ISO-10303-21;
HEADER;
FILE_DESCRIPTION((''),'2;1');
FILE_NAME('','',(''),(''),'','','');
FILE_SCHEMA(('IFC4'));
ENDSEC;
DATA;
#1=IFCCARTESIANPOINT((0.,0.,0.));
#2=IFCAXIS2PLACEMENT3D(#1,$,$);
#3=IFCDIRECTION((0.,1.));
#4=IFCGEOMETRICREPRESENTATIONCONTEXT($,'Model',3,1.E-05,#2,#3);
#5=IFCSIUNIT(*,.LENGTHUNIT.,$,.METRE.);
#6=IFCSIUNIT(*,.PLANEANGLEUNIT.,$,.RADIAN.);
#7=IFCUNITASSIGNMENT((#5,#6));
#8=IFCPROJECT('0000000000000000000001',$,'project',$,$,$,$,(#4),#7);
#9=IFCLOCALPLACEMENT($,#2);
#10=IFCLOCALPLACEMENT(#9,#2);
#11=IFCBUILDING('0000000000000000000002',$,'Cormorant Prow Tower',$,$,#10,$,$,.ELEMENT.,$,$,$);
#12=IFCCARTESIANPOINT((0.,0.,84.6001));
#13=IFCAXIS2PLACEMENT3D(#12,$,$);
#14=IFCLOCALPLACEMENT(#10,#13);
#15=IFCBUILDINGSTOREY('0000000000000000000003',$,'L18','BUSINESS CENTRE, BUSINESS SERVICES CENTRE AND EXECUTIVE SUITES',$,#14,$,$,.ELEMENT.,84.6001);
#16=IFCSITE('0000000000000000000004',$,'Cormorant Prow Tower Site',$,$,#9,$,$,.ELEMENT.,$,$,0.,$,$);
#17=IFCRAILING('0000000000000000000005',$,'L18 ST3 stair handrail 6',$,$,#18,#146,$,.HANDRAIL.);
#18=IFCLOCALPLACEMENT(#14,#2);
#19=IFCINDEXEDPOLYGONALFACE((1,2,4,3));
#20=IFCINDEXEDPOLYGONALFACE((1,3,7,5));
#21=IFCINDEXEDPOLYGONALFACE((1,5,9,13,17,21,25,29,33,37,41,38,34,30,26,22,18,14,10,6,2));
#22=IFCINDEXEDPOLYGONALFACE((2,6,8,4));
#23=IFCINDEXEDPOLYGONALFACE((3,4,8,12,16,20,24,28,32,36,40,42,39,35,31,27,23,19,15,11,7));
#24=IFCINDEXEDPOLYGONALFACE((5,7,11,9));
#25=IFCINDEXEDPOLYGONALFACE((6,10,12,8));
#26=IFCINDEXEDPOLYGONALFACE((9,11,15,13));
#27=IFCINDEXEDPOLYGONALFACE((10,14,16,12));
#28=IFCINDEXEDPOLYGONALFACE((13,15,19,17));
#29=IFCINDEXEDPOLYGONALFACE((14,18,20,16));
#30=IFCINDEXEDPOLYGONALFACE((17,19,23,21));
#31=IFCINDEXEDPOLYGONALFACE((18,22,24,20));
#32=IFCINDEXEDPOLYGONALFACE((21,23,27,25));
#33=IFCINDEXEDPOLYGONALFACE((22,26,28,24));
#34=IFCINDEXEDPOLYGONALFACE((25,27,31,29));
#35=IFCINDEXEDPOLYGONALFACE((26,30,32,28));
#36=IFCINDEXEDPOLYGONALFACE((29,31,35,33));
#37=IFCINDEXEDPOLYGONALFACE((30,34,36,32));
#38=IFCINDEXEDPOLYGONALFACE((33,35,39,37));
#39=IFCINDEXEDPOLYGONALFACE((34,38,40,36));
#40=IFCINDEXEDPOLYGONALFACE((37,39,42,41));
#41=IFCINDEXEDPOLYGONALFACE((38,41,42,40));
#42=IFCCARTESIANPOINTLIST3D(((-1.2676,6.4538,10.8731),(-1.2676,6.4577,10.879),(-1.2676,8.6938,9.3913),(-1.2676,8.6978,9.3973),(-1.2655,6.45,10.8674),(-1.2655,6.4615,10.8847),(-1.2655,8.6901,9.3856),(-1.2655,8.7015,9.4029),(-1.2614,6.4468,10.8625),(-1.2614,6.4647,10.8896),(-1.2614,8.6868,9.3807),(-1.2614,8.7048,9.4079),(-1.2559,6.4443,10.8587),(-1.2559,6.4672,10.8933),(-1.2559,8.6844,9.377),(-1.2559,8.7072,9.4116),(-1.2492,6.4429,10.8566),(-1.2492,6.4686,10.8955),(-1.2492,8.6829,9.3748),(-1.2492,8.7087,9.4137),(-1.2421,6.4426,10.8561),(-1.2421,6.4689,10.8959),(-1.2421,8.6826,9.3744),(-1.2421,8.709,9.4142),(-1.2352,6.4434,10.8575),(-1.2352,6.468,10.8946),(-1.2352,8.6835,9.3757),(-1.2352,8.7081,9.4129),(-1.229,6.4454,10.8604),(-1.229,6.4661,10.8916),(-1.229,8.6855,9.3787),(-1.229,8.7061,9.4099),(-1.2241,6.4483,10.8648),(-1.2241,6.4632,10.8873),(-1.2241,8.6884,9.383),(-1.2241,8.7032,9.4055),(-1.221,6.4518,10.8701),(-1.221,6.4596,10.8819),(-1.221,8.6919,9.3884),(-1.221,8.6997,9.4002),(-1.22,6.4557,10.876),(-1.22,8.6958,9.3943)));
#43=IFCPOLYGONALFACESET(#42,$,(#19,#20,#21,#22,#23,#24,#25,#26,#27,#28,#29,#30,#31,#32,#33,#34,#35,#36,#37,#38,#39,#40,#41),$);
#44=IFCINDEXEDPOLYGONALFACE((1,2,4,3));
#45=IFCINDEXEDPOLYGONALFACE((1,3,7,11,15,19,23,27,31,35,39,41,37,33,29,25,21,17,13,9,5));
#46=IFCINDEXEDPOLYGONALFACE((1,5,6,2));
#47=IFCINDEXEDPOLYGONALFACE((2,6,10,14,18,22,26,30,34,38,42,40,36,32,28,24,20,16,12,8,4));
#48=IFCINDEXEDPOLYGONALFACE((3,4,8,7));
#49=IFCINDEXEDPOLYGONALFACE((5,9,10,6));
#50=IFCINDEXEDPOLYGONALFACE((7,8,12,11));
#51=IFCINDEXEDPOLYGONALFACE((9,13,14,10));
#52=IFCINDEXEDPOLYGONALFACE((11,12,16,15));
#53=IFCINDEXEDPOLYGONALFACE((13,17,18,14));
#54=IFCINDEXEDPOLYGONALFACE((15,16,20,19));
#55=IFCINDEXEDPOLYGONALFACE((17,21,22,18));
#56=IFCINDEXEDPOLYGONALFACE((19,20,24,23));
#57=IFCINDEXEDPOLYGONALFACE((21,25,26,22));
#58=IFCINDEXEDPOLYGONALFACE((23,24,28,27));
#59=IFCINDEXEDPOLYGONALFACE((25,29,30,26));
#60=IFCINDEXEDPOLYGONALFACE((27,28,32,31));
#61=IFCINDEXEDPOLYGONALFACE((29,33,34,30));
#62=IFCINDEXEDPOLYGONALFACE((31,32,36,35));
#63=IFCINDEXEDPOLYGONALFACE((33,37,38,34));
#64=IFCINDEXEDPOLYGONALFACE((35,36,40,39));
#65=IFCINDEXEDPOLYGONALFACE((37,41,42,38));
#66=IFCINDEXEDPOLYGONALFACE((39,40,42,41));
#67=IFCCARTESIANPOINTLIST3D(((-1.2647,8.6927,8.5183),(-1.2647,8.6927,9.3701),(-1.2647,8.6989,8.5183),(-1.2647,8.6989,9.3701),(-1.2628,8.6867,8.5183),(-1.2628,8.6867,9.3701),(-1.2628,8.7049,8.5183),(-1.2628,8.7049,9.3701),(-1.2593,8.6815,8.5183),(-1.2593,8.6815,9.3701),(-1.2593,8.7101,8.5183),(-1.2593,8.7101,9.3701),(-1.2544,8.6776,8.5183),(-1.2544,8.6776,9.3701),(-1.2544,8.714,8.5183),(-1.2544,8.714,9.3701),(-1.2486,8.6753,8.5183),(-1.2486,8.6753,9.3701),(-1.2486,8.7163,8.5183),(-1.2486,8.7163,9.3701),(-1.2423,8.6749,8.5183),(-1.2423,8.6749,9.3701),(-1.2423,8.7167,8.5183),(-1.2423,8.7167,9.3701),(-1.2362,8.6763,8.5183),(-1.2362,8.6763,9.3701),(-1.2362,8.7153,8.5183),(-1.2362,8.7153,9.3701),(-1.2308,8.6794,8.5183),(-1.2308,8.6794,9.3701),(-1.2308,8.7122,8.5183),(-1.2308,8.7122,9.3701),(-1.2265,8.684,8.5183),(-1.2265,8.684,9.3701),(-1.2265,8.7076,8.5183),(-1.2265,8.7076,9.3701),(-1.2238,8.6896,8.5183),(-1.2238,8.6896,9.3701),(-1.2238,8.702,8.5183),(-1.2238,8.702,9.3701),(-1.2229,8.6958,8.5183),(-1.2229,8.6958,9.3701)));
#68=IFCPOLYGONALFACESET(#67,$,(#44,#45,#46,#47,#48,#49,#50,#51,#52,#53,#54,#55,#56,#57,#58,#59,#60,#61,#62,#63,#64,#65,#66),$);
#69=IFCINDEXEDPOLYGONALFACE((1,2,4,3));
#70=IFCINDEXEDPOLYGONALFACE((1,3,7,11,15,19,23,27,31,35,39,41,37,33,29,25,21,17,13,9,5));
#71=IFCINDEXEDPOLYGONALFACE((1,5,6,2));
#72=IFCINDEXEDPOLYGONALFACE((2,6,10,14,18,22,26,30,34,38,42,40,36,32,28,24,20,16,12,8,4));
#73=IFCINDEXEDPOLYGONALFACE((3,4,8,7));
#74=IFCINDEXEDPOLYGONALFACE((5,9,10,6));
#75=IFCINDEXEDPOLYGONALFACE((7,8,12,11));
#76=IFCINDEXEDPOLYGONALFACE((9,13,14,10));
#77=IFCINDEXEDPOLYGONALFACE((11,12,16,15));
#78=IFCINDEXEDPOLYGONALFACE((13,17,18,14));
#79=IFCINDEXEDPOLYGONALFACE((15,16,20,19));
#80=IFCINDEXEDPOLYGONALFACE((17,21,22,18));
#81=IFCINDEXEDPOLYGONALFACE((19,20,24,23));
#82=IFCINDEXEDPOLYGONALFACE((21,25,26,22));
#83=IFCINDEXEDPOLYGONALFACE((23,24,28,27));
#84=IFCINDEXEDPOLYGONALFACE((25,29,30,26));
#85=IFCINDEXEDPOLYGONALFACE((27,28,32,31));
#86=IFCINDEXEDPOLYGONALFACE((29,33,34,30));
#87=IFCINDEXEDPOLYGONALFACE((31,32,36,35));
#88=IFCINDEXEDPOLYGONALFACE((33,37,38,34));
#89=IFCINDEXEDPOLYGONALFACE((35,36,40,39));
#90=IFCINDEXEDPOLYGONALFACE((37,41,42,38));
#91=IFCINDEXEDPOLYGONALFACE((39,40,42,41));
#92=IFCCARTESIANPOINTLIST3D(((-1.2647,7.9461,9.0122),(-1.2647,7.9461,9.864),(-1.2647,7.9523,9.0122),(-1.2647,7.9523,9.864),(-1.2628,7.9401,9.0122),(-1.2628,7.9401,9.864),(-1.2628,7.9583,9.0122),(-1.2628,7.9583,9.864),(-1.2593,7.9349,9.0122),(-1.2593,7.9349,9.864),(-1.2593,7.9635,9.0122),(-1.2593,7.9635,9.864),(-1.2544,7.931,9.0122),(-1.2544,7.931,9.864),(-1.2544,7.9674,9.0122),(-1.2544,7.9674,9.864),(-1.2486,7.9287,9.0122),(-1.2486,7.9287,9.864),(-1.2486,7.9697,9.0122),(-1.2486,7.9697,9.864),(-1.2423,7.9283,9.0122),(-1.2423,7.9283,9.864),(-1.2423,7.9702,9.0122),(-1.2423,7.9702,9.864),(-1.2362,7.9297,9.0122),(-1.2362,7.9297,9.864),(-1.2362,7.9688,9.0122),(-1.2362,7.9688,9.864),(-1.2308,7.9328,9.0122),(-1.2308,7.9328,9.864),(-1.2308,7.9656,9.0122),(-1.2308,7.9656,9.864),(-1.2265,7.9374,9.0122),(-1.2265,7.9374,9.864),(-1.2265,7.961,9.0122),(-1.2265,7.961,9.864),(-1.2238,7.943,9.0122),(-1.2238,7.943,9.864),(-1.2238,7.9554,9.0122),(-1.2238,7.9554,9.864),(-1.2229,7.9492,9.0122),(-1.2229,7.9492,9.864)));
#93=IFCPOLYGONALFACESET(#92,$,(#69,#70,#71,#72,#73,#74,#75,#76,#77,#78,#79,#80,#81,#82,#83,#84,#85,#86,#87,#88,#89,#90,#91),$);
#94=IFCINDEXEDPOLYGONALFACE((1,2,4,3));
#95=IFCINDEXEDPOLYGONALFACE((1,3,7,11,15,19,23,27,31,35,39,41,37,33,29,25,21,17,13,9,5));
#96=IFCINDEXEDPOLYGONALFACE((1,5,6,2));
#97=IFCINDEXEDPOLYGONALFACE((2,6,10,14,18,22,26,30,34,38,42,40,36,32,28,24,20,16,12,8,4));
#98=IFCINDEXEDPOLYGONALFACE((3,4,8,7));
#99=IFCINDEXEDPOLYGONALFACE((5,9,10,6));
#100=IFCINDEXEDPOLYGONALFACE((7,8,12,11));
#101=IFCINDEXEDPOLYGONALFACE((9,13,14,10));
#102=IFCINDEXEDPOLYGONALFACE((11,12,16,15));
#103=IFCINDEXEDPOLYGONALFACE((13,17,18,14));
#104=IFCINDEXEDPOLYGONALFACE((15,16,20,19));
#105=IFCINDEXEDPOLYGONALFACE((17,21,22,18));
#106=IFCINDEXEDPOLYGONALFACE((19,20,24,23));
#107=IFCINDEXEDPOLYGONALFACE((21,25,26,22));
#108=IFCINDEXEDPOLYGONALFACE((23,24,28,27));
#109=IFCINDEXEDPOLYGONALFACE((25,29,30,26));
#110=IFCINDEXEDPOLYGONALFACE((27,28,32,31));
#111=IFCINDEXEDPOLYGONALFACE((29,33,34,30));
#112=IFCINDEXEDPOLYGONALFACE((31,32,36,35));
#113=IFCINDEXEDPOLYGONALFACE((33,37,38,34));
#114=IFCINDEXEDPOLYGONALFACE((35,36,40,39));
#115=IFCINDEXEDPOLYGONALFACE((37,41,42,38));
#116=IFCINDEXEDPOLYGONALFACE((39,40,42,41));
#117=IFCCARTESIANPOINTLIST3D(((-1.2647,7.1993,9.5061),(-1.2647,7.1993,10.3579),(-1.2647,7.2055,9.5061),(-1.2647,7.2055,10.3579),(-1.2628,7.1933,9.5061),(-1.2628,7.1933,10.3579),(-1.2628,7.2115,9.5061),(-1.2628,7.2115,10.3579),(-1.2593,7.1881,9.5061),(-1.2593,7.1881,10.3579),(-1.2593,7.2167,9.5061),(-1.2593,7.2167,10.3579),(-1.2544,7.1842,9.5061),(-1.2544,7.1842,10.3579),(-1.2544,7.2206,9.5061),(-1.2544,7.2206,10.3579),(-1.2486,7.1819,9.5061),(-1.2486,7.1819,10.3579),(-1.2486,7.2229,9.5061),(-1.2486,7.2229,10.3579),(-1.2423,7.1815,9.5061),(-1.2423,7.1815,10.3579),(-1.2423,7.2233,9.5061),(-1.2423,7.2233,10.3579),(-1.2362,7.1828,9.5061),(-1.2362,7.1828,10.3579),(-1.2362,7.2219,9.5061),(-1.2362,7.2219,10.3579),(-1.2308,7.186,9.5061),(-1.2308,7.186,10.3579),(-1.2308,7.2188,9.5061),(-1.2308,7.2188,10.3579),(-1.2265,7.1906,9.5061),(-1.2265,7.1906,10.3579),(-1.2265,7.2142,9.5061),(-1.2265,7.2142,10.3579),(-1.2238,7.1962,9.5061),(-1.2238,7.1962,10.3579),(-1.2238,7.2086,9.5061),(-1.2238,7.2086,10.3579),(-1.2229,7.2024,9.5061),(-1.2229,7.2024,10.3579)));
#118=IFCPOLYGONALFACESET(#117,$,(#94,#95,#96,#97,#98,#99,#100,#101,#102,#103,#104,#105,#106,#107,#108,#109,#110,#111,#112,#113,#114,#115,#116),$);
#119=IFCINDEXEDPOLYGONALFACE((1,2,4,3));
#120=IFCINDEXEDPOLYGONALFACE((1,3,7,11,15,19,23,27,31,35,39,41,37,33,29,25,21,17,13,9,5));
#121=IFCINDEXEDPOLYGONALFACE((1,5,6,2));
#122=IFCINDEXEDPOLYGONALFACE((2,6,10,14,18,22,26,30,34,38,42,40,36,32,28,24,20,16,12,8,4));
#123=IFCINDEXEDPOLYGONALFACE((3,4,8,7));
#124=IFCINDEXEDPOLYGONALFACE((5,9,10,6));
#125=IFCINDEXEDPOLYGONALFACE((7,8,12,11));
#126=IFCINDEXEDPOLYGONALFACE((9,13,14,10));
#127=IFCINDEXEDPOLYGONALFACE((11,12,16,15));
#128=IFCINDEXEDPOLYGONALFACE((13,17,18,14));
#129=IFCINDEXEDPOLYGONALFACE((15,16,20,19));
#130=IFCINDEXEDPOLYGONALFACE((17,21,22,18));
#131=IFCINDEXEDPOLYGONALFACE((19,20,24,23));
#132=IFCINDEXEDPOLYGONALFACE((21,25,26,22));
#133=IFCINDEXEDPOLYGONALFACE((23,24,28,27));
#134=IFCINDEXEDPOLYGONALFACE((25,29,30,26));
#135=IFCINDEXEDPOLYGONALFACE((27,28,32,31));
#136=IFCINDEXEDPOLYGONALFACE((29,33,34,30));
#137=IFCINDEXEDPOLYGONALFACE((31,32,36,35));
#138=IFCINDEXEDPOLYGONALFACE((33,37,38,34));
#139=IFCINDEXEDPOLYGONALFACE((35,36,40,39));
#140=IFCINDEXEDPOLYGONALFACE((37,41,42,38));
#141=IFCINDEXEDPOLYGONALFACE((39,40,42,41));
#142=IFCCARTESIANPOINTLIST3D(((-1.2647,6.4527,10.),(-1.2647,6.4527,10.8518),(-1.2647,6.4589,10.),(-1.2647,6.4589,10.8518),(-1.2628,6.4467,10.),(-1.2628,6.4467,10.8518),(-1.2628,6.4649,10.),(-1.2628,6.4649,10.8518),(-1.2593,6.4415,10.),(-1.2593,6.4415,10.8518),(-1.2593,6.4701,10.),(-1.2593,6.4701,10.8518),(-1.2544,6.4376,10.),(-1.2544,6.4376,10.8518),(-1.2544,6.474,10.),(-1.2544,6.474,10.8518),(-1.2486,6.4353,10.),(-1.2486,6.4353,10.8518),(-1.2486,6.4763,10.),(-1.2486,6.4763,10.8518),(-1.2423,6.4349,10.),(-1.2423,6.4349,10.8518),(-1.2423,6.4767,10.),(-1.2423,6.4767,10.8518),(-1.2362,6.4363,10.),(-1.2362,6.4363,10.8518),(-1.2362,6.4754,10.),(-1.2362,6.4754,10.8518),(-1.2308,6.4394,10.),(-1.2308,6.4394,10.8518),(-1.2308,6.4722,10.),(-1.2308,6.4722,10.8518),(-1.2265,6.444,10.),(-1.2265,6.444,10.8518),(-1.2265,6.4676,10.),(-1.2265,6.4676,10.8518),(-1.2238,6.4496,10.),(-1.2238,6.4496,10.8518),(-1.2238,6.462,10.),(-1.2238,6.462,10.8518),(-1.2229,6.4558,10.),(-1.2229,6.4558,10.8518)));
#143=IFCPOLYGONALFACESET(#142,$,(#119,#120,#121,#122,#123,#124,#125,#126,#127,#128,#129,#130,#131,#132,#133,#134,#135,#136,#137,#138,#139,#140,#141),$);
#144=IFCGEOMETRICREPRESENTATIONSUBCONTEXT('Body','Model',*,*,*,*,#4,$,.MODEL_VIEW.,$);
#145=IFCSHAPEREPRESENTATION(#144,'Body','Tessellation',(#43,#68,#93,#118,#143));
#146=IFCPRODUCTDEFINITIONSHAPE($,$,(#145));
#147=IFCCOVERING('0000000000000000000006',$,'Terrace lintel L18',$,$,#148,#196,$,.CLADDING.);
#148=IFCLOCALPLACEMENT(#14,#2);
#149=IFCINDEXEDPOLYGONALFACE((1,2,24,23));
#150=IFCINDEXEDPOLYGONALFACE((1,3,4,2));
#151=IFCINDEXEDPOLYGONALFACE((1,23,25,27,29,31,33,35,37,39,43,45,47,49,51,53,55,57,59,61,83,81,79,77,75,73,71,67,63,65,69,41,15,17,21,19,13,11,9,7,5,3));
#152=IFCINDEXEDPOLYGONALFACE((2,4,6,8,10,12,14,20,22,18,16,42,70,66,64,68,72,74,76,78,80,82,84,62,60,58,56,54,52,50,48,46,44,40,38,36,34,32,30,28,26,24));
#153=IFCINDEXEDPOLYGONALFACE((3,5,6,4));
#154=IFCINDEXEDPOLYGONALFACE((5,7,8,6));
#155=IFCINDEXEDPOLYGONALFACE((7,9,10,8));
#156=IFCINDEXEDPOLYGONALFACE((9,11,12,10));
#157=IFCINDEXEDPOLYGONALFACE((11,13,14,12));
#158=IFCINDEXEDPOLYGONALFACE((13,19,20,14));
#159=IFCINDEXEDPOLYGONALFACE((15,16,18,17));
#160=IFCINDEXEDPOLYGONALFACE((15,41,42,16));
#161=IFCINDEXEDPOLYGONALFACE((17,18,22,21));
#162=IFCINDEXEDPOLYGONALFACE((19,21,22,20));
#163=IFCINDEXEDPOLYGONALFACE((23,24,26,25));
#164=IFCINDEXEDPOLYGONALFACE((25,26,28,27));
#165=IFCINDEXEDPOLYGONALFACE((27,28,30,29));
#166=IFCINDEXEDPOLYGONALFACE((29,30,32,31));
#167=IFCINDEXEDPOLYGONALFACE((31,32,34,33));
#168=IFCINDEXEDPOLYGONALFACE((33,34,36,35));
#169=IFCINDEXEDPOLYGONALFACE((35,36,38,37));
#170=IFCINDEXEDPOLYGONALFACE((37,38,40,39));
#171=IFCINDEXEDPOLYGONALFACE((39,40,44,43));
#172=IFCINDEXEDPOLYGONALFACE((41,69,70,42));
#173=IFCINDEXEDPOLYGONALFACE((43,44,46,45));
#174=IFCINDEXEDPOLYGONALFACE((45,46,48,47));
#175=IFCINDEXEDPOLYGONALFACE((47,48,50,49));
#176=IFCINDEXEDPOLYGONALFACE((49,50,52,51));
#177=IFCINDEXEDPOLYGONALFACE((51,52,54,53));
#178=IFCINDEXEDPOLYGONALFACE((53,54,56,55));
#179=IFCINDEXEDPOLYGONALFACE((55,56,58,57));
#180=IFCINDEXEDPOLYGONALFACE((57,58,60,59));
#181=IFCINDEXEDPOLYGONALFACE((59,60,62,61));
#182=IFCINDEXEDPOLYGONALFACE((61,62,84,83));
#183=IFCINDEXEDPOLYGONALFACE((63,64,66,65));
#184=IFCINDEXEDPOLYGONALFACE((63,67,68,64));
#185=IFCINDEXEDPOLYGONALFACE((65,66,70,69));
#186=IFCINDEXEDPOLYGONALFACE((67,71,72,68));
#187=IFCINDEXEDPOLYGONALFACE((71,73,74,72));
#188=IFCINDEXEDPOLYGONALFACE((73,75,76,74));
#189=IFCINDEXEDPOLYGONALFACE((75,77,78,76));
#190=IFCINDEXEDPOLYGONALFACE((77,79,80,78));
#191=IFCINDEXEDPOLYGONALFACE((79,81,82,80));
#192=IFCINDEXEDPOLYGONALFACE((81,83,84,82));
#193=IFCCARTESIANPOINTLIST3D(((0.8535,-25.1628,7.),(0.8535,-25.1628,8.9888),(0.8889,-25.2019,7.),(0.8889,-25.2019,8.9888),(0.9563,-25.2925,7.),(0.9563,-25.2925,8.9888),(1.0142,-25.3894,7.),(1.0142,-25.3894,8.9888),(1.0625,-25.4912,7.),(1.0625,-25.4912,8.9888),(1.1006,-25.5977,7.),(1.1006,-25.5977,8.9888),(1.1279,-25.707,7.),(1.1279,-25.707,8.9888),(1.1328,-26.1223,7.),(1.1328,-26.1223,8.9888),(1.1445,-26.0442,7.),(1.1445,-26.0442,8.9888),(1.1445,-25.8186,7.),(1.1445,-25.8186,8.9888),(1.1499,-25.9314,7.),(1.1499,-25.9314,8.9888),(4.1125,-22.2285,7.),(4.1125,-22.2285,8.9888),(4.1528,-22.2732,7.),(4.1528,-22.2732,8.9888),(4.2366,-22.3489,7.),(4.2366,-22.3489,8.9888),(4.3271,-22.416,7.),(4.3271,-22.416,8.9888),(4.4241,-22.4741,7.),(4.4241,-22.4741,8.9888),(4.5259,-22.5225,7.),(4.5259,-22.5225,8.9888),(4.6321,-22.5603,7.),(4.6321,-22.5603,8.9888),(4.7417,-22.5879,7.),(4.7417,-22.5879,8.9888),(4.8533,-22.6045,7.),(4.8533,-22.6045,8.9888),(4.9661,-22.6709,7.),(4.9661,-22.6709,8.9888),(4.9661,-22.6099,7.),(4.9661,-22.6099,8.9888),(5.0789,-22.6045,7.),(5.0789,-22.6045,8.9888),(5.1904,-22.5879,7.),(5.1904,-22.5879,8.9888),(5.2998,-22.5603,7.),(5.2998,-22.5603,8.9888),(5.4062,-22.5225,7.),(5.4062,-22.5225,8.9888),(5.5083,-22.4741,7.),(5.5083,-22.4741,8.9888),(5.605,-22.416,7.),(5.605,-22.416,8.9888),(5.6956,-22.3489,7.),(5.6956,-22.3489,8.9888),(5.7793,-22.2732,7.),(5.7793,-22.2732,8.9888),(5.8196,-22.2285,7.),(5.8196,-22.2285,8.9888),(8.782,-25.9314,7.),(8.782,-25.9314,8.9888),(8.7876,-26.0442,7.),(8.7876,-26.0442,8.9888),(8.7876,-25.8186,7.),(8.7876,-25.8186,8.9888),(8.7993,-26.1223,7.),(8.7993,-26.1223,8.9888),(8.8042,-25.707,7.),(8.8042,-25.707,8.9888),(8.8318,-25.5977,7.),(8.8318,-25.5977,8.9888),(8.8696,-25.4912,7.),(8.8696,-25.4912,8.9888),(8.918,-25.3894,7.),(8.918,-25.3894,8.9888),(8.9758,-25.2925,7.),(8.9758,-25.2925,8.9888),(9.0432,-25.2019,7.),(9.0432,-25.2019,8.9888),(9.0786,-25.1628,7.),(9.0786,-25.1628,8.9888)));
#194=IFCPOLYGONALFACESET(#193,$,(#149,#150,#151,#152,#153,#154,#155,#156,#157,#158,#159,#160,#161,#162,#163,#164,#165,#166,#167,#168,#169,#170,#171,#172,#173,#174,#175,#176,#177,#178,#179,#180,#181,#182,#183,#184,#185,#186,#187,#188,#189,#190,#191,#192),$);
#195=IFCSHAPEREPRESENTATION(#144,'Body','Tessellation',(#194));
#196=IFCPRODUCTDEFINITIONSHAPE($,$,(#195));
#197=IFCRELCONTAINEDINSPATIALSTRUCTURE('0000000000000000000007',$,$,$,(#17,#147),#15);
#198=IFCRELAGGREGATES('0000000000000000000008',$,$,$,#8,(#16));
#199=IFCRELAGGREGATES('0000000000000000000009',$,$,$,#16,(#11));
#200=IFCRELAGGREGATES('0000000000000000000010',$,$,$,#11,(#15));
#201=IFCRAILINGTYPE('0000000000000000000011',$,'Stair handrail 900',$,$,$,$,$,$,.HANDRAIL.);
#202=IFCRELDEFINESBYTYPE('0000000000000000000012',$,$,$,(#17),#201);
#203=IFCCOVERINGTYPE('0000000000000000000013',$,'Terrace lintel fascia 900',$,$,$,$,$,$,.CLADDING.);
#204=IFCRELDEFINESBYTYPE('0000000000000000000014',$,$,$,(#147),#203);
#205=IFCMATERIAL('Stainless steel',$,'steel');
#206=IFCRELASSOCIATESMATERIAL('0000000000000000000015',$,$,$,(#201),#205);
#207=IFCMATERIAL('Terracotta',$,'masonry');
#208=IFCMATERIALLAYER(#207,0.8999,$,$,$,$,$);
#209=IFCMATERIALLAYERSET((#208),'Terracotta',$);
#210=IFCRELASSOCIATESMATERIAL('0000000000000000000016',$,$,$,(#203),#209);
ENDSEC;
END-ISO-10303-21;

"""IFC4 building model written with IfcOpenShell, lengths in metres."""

from ifc_helpers import new_model, si_unit, direction, frame, origin, origin_2d, place, context, subcontext, project, spatial, polyline, circle, outline, extrude, material, layer, layer_set, type_object, element, save


model = new_model("IFC4")

# Units and contexts
model_context = context("Model", 3, precision=1e-05, world=origin(), true_north=direction((0.0, 1.0)))
body_context = subcontext(model_context, "Body", "Model", "MODEL_VIEW")
ifc_project = project(units=[si_unit("LENGTHUNIT", "METRE"), si_unit("PLANEANGLEUNIT", "RADIAN")], contexts=[model_context])

# Site, building, storey
site_placement = place(None, origin())
site = spatial("IfcSite", under=ifc_project, at=site_placement, Name="Cormorant Prow Tower Site", CompositionType="ELEMENT", RefElevation=0.0)
building_placement = place(site_placement, origin())
building = spatial("IfcBuilding", under=site, at=building_placement, Name="Cormorant Prow Tower", CompositionType="ELEMENT")
storey_placement = place(building_placement, frame((0.0, 0.0, 84.6001)))
storey = spatial("IfcBuildingStorey", under=building, at=storey_placement, Name="L18", Description="BUSINESS CENTRE, BUSINESS SERVICES CENTRE AND EXECUTIVE SUITES", CompositionType="ELEMENT", Elevation=84.6001)

# Railing
ifc_material_1 = material(Name="Stainless steel", Category="steel")
railing_type = type_object("IfcRailingType", Name="Stair handrail 900", PredefinedType="HANDRAIL", material=ifc_material_1)
railing_placement = place(storey_placement, frame((-1.2439, 8.6958, 8.5183)))
element("IfcRailing", 1, at=railing_placement, inside=storey, type_object=railing_type, Name="L18 ST3 stair handrail 6", PredefinedType="HANDRAIL", context=body_context, shape_type="SweptSolid", body=[
    extrude(circle(Radius=0.0239, at=origin_2d()), frame((0.0, 0.0, 0.876), z_axis=(0.0, -0.834045, 0.551697), x_axis=(1.0, 0.0, 0.0)), (0.0, 0.0, 1.0), 2.6858),
    extrude(circle(Radius=0.021, at=origin_2d()), origin(), (0.0, 0.0, 1.0), 0.8518),
    extrude(circle(Radius=0.021, at=origin_2d()), frame((0.0, -0.7466, 0.4939)), (0.0, 0.0, 1.0), 0.8518),
    extrude(circle(Radius=0.021, at=origin_2d()), frame((0.0, -1.4934, 0.9878)), (0.0, 0.0, 1.0), 0.8518),
    extrude(circle(Radius=0.021, at=origin_2d()), frame((0.0, -2.24, 1.4817)), (0.0, 0.0, 1.0), 0.8518),
])

# Covering
ifc_material_2 = material(Name="Terracotta", Category="masonry")
ifc_layer_1 = layer(ifc_material_2, 0.8999)
ifc_layer_set_1 = layer_set([ifc_layer_1], Name="Terracotta")
covering_type = type_object("IfcCoveringType", Name="Terrace lintel fascia 900", PredefinedType="CLADDING", material=ifc_layer_set_1)
covering_1_placement = place(storey_placement, frame((0.0, 0.0, 7.0)))
element("IfcCovering", 2, at=covering_1_placement, inside=storey, type_object=covering_type, Name="Terrace lintel L18", PredefinedType="CLADDING", context=body_context, shape_type="SweptSolid", body=[
    extrude(outline(polyline([(4.1125, -22.2285), (4.1528, -22.2732), (4.2366, -22.3489), (4.3271, -22.416), (4.4241, -22.4741), (4.5259, -22.5225), (4.6321, -22.5603), (4.7417, -22.5879), (4.8533, -22.6045), (4.9661, -22.6099), (5.0789, -22.6045), (5.1904, -22.5879), (5.2998, -22.5603), (5.4062, -22.5225), (5.5083, -22.4741), (5.605, -22.416), (5.6956, -22.3489), (5.7793, -22.2732), (5.8196, -22.2285), (9.0786, -25.1628), (9.0432, -25.2019), (8.9758, -25.2925), (8.918, -25.3894), (8.8696, -25.4912), (8.8318, -25.5977), (8.8042, -25.707), (8.7876, -25.8186), (8.782, -25.9314), (8.7876, -26.0442), (8.7993, -26.1223), (4.9661, -22.6709), (1.1328, -26.1223), (1.1445, -26.0442), (1.1499, -25.9314), (1.1445, -25.8186), (1.1279, -25.707), (1.1006, -25.5977), (1.0625, -25.4912), (1.0142, -25.3894), (0.9563, -25.2925), (0.8889, -25.2019), (0.8535, -25.1628), (4.1125, -22.2285)])), origin(), (0.0, 0.0, 1.0), 1.9888),
])

save(model, "model.ifc")
